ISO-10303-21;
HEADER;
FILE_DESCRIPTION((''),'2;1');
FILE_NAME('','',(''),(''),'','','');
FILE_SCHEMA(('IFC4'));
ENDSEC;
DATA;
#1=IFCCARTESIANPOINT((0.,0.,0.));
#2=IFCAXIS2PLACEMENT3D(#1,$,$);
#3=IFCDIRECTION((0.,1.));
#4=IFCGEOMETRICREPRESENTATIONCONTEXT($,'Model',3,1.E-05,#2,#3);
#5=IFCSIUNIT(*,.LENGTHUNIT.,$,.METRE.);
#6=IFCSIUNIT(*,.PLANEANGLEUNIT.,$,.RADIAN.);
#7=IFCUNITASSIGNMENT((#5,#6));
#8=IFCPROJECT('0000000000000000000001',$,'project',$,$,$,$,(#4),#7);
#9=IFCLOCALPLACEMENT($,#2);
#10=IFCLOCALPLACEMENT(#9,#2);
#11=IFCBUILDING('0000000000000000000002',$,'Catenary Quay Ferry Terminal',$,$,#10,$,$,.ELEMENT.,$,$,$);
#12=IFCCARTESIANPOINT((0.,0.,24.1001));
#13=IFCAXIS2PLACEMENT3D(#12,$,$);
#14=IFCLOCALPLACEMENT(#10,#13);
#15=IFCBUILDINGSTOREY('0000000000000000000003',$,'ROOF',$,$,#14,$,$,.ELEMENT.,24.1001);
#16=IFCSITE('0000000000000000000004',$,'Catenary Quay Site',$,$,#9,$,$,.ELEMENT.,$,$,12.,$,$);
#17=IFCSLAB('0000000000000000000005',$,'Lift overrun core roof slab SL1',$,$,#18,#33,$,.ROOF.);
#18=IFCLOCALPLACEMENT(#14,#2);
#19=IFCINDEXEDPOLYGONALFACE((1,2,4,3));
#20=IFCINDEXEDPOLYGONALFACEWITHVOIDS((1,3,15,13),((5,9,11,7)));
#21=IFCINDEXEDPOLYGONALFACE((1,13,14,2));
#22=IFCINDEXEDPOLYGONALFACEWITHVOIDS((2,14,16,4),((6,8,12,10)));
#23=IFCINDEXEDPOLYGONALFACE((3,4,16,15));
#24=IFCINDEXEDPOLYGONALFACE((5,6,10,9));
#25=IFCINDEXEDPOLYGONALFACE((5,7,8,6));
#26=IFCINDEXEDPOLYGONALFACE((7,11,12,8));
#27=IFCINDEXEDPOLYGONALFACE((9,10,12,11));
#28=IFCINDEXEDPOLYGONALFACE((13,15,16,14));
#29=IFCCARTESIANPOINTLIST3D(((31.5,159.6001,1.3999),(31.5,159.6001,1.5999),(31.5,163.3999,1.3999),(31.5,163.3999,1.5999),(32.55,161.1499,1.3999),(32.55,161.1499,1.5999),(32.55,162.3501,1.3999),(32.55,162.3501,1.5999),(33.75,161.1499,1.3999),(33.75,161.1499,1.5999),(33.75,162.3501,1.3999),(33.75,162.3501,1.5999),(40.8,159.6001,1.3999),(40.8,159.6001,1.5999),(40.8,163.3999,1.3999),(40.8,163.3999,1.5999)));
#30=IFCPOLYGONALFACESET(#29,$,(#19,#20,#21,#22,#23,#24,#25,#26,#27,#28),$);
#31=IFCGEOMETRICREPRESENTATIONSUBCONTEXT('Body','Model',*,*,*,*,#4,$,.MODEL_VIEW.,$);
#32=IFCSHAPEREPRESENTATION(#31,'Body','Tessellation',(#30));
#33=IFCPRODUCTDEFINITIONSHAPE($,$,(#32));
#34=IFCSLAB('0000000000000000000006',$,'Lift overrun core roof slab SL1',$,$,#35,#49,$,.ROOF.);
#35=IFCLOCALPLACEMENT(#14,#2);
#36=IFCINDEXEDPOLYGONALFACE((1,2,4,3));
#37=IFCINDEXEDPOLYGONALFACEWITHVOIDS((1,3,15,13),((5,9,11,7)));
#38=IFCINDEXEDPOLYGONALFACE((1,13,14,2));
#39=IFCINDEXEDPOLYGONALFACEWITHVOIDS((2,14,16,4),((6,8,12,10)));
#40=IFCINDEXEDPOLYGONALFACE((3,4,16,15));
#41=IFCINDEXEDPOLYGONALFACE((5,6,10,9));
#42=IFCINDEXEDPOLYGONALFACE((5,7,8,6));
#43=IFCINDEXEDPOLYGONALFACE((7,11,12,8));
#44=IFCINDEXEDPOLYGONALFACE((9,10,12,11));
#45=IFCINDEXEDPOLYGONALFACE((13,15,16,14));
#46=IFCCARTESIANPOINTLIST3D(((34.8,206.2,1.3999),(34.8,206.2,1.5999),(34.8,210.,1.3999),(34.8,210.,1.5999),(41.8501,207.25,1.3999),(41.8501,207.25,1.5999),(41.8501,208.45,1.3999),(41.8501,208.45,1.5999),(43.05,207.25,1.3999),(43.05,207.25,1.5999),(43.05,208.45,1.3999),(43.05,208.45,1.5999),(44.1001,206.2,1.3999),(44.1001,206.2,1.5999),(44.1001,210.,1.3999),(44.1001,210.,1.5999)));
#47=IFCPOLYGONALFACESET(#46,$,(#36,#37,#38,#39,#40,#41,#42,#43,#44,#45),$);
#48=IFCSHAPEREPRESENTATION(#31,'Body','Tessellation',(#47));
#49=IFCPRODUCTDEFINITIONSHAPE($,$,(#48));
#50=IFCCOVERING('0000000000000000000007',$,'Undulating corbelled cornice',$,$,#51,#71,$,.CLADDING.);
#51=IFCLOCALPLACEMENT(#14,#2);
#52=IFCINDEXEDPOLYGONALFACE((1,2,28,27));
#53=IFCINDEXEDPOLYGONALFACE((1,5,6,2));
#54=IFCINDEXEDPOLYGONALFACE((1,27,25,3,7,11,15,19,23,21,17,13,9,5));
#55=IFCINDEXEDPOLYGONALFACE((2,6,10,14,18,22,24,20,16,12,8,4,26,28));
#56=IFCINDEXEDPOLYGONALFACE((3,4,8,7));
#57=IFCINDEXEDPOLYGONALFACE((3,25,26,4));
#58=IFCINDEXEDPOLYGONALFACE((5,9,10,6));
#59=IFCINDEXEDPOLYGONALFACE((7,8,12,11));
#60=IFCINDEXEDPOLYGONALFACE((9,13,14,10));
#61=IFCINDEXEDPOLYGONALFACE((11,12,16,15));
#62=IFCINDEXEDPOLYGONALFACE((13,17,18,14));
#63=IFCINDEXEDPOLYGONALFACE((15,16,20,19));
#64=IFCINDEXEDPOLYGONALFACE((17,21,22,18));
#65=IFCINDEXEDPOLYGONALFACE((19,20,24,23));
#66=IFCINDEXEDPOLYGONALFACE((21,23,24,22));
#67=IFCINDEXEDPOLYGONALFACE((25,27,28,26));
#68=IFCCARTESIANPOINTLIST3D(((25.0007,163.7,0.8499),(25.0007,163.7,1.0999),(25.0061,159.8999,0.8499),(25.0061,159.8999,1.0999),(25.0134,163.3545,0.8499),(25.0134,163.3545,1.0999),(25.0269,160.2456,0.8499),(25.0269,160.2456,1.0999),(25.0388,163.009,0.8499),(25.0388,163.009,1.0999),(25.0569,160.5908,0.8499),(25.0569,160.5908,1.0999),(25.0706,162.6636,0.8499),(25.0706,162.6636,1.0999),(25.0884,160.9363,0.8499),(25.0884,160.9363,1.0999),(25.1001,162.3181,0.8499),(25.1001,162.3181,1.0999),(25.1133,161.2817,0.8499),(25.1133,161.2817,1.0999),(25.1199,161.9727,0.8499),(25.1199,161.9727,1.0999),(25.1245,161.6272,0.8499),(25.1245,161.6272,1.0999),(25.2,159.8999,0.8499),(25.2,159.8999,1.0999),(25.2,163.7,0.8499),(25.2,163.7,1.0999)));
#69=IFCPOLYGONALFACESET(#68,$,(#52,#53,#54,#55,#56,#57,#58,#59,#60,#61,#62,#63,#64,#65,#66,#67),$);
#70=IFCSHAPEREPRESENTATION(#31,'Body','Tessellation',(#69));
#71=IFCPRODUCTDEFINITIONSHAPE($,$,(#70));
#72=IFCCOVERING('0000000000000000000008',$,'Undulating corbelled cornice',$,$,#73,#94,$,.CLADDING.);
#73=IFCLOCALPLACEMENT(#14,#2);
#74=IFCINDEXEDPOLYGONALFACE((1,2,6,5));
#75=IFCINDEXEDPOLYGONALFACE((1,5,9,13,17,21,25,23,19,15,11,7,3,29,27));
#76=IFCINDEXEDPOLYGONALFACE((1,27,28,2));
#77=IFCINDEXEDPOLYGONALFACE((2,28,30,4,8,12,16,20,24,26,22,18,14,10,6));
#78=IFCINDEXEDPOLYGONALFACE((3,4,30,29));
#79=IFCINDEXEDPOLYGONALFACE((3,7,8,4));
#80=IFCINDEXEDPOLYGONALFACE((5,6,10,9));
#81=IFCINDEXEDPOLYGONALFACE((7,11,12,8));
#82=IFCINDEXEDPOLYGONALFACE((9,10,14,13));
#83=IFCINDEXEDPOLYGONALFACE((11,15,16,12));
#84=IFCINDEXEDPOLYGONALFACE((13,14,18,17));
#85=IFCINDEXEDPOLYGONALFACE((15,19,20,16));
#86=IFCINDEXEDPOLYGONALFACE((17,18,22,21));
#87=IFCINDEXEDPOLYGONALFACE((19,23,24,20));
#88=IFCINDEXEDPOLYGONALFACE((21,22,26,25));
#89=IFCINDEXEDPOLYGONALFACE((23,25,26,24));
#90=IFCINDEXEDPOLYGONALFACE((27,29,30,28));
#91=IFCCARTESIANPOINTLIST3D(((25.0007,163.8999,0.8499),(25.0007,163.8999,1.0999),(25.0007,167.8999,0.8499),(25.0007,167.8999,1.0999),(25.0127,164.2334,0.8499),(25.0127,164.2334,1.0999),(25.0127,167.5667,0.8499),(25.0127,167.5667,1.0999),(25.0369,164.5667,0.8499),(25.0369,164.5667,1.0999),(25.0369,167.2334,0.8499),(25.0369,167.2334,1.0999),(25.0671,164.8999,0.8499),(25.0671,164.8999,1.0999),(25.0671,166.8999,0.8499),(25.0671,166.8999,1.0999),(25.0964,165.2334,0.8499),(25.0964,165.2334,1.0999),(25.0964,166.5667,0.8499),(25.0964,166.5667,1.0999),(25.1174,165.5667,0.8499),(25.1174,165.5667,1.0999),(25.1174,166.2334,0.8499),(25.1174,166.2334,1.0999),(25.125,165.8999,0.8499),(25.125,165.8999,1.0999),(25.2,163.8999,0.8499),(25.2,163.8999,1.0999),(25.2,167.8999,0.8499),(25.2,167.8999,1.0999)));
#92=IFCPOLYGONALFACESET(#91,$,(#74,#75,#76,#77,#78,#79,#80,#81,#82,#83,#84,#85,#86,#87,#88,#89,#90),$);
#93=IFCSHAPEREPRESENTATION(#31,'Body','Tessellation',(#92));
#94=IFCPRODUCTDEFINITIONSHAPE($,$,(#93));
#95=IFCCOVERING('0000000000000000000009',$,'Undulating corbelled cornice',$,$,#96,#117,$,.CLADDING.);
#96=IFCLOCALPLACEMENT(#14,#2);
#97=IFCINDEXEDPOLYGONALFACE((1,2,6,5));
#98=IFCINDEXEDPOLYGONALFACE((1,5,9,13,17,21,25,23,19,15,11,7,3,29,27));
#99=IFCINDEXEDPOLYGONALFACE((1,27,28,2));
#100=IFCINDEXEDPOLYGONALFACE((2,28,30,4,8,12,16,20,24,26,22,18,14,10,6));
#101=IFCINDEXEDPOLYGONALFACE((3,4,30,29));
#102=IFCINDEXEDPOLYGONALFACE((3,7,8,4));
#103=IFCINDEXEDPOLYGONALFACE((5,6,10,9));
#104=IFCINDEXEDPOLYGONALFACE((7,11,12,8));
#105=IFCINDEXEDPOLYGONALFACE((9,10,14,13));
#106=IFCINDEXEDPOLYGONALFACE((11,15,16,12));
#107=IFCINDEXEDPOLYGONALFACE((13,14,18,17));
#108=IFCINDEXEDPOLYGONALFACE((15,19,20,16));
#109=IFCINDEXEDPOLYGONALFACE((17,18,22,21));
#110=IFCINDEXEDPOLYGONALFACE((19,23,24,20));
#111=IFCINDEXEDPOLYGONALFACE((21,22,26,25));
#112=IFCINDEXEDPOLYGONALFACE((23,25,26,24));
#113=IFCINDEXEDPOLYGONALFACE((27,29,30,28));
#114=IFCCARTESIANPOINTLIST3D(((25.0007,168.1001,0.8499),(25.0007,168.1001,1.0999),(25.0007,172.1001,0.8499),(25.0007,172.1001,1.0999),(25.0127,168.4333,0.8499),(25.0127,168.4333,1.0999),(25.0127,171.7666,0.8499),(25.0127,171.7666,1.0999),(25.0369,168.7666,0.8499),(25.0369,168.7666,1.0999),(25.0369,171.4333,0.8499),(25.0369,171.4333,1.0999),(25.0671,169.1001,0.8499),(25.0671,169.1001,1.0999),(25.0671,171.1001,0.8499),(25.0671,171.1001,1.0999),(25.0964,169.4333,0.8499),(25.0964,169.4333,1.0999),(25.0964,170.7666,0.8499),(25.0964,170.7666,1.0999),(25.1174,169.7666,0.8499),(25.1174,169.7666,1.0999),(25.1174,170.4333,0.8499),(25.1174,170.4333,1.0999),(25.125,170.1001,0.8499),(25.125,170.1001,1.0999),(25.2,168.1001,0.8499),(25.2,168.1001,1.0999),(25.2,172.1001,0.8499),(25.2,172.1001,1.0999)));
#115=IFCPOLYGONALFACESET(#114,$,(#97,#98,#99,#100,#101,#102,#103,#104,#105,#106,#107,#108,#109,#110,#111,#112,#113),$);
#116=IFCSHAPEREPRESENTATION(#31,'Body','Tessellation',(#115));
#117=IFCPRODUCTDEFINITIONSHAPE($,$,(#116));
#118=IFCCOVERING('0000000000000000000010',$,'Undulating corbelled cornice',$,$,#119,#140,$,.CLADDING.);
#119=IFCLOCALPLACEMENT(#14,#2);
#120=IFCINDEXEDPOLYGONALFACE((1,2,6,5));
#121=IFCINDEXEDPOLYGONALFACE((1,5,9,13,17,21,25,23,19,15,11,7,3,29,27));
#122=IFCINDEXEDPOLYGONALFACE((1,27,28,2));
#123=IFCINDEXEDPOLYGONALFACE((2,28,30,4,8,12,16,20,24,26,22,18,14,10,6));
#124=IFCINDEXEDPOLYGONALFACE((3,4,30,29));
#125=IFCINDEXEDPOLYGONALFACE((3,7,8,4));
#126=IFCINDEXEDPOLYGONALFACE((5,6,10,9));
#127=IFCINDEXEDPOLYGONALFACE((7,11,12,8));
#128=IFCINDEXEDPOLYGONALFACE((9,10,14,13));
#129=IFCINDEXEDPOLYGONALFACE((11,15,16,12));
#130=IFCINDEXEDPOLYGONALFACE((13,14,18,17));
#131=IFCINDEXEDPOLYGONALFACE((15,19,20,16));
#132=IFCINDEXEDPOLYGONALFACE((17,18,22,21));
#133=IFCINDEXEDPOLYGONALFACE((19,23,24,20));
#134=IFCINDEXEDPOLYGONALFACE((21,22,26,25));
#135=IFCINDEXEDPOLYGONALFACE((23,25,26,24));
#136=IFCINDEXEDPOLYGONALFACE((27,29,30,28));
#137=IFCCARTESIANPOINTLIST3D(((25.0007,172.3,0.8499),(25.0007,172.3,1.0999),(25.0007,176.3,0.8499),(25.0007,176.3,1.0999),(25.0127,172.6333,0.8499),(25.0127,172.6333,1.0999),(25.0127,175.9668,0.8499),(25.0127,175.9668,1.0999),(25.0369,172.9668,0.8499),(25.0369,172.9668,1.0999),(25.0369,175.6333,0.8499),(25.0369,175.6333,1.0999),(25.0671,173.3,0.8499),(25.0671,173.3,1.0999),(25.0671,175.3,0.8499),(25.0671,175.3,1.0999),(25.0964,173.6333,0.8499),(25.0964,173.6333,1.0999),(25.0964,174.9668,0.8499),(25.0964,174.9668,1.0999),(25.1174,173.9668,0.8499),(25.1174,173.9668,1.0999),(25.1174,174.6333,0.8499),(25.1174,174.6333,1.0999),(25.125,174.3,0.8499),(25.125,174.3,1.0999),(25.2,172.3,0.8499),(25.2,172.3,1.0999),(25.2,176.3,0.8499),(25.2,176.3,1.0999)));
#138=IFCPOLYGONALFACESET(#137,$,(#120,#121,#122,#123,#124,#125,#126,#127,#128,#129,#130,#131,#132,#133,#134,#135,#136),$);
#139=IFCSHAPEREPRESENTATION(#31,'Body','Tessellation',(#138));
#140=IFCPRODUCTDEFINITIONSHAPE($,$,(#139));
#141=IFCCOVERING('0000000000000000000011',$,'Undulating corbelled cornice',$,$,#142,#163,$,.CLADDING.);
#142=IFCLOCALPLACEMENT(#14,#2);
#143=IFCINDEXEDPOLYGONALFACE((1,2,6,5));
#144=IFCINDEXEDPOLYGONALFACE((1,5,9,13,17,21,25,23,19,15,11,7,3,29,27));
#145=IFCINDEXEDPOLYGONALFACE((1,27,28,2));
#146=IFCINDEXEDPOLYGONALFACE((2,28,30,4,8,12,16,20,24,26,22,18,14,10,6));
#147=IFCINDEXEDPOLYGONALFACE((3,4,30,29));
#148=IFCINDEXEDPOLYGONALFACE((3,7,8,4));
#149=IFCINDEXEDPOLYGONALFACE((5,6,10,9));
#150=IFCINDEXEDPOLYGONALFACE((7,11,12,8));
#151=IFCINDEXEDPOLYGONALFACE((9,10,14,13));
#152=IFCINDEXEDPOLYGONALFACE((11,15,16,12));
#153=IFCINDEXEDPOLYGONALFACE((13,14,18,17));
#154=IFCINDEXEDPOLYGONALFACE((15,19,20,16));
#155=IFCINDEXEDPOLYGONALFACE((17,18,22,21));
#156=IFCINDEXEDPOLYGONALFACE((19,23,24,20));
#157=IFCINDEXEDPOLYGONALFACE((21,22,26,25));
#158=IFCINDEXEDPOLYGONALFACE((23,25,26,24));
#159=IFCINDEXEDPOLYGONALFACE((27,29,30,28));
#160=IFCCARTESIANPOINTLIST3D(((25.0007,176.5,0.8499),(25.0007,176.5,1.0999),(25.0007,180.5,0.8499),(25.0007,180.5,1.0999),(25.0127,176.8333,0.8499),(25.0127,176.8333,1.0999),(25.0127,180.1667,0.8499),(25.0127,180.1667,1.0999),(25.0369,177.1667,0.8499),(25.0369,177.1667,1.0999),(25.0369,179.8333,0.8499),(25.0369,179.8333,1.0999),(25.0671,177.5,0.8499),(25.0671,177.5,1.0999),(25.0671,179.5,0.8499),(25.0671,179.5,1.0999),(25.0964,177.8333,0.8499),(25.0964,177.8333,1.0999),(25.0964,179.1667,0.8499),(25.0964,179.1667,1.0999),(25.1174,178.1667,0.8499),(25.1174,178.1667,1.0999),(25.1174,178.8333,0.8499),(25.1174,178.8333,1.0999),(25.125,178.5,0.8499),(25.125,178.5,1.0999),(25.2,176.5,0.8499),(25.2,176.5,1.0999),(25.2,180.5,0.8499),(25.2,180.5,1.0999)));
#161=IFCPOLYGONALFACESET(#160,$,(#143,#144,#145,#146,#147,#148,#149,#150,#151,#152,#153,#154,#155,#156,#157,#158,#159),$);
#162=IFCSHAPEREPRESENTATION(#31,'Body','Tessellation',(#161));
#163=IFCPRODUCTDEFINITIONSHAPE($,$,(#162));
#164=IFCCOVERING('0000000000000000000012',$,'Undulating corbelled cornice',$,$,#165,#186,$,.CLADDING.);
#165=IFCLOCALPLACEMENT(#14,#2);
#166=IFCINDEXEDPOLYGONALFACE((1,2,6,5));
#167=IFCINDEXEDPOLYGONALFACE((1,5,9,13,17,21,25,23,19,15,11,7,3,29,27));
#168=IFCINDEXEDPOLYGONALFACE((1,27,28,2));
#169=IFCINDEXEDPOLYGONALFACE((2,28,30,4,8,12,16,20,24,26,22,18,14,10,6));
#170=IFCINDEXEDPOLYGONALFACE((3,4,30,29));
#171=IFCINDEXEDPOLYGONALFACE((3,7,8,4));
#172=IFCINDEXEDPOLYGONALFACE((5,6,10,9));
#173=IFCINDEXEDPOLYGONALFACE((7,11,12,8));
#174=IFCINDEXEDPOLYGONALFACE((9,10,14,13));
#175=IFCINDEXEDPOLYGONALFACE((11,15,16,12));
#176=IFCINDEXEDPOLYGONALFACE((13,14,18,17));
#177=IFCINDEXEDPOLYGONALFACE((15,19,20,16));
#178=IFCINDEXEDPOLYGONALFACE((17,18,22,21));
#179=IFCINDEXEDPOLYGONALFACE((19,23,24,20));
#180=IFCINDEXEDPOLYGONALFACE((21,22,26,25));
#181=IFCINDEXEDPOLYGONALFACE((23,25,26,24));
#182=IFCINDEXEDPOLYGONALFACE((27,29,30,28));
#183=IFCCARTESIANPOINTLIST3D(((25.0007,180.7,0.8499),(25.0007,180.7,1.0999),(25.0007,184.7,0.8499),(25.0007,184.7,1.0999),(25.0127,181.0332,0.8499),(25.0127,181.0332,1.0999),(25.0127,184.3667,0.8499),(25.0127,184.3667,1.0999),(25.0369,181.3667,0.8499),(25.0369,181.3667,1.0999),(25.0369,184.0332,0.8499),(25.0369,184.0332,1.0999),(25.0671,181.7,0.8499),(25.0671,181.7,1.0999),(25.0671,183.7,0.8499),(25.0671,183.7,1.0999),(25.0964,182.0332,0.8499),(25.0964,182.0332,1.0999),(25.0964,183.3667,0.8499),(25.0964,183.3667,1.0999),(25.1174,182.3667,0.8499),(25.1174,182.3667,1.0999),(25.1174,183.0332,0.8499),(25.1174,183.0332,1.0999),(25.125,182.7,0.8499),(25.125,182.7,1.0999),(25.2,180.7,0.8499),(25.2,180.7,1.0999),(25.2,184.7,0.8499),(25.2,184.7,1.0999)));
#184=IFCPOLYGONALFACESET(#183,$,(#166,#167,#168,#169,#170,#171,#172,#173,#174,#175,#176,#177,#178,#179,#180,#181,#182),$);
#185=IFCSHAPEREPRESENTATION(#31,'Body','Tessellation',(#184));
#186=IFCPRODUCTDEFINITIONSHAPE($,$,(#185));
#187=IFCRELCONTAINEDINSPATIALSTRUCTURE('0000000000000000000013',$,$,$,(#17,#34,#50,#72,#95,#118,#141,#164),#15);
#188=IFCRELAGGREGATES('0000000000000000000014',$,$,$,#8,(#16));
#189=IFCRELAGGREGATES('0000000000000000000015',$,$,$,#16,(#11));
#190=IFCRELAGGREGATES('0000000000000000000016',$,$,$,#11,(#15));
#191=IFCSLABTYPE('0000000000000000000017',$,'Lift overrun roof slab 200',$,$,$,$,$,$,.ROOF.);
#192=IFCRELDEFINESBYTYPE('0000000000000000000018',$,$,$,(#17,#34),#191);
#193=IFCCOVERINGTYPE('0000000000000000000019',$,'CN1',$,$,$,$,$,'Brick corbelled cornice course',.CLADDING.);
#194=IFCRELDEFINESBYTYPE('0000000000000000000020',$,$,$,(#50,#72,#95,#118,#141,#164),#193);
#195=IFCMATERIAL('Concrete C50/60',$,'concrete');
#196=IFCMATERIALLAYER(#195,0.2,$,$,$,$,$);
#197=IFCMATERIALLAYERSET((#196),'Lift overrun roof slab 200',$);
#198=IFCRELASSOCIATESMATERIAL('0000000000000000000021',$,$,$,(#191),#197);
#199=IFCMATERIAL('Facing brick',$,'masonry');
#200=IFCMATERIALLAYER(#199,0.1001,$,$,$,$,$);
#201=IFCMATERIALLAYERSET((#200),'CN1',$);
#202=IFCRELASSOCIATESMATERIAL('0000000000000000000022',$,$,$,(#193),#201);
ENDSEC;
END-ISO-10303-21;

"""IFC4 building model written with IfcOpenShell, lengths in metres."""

from ifc_helpers import new_model, si_unit, direction, frame, origin, place, context, subcontext, project, spatial, polyline, outline, extrude, material, layer, layer_set, type_object, element, save


model = new_model("IFC4")

# Units and contexts
model_context = context("Model", 3, precision=1e-05, world=origin(), true_north=direction((0.0, 1.0)))
body_context = subcontext(model_context, "Body", "Model", "MODEL_VIEW")
ifc_project = project(units=[si_unit("LENGTHUNIT", "METRE"), si_unit("PLANEANGLEUNIT", "RADIAN")], contexts=[model_context])

# Site, building, storey
site_placement = place(None, origin())
site = spatial("IfcSite", under=ifc_project, at=site_placement, Name="Catenary Quay Site", CompositionType="ELEMENT", RefElevation=12.0)
building_placement = place(site_placement, origin())
building = spatial("IfcBuilding", under=site, at=building_placement, Name="Catenary Quay Ferry Terminal", CompositionType="ELEMENT")
storey_placement = place(building_placement, frame((0.0, 0.0, 24.1001)))
storey = spatial("IfcBuildingStorey", under=building, at=storey_placement, Name="ROOF", CompositionType="ELEMENT", Elevation=24.1001)

# Slabs
ifc_material_1 = material(Name="Concrete C50/60", Category="concrete")
ifc_layer_1 = layer(ifc_material_1, 0.2)
ifc_layer_set_1 = layer_set([ifc_layer_1], Name="Lift overrun roof slab 200")
slab_type = type_object("IfcSlabType", Name="Lift overrun roof slab 200", PredefinedType="ROOF", material=ifc_layer_set_1)
slab_1_placement = place(storey_placement, frame((0.0, 0.0, 1.3999)))
element("IfcSlab", 1, at=slab_1_placement, inside=storey, type_object=slab_type, Name="Lift overrun core roof slab SL1", PredefinedType="ROOF", context=body_context, shape_type="SweptSolid", body=[
    extrude(outline(polyline([(31.5, 159.6001), (31.5, 163.3999), (40.8, 163.3999), (40.8, 159.6001), (31.5, 159.6001)]), holes=[polyline([(33.75, 162.3501), (32.55, 162.3501), (32.55, 161.1499), (33.75, 161.1499), (33.75, 162.3501)])]), origin(), (0.0, 0.0, 1.0), 0.2),
])
slab_2_placement = place(storey_placement, frame((0.0, 0.0, 1.3999)))
element("IfcSlab", 2, at=slab_2_placement, inside=storey, type_object=slab_type, Name="Lift overrun core roof slab SL1", PredefinedType="ROOF", context=body_context, shape_type="SweptSolid", body=[
    extrude(outline(polyline([(34.8, 206.2), (34.8, 210.0), (44.1001, 210.0), (44.1001, 206.2), (34.8, 206.2)]), holes=[polyline([(43.05, 208.45), (41.8501, 208.45), (41.8501, 207.25), (43.05, 207.25), (43.05, 208.45)])]), origin(), (0.0, 0.0, 1.0), 0.2),
])

# Coverings
ifc_material_2 = material(Name="Facing brick", Category="masonry")
ifc_layer_2 = layer(ifc_material_2, 0.1001)
ifc_layer_set_2 = layer_set([ifc_layer_2], Name="CN1")
covering_type = type_object("IfcCoveringType", Name="CN1", ElementType="Brick corbelled cornice course", PredefinedType="CLADDING", material=ifc_layer_set_2)
covering_1_placement = place(storey_placement, frame((0.0, 0.0, 0.8499)))
element("IfcCovering", 3, at=covering_1_placement, inside=storey, type_object=covering_type, Name="Undulating corbelled cornice", PredefinedType="CLADDING", context=body_context, shape_type="SweptSolid", body=[
    extrude(outline(polyline([(25.2, 159.8999), (25.0061, 159.8999), (25.0269, 160.2456), (25.0569, 160.5908), (25.0884, 160.9363), (25.1133, 161.2817), (25.1245, 161.6272), (25.1199, 161.9727), (25.1001, 162.3181), (25.0706, 162.6636), (25.0388, 163.009), (25.0134, 163.3545), (25.0007, 163.7), (25.2, 163.7), (25.2, 159.8999)])), origin(), (0.0, 0.0, 1.0), 0.25),
])
covering_2_placement = place(storey_placement, frame((0.0, 0.0, 0.8499)))
element("IfcCovering", 4, at=covering_2_placement, inside=storey, type_object=covering_type, Name="Undulating corbelled cornice", PredefinedType="CLADDING", context=body_context, shape_type="SweptSolid", body=[
    extrude(outline(polyline([(25.2, 163.8999), (25.0007, 163.8999), (25.0127, 164.2334), (25.0369, 164.5667), (25.0671, 164.8999), (25.0964, 165.2334), (25.1174, 165.5667), (25.125, 165.8999), (25.1174, 166.2334), (25.0964, 166.5667), (25.0671, 166.8999), (25.0369, 167.2334), (25.0127, 167.5667), (25.0007, 167.8999), (25.2, 167.8999), (25.2, 163.8999)])), origin(), (0.0, 0.0, 1.0), 0.25),
])
covering_3_placement = place(storey_placement, frame((0.0, 0.0, 0.8499)))
element("IfcCovering", 5, at=covering_3_placement, inside=storey, type_object=covering_type, Name="Undulating corbelled cornice", PredefinedType="CLADDING", context=body_context, shape_type="SweptSolid", body=[
    extrude(outline(polyline([(25.2, 168.1001), (25.0007, 168.1001), (25.0127, 168.4333), (25.0369, 168.7666), (25.0671, 169.1001), (25.0964, 169.4333), (25.1174, 169.7666), (25.125, 170.1001), (25.1174, 170.4333), (25.0964, 170.7666), (25.0671, 171.1001), (25.0369, 171.4333), (25.0127, 171.7666), (25.0007, 172.1001), (25.2, 172.1001), (25.2, 168.1001)])), origin(), (0.0, 0.0, 1.0), 0.25),
])
covering_4_placement = place(storey_placement, frame((0.0, 0.0, 0.8499)))
element("IfcCovering", 6, at=covering_4_placement, inside=storey, type_object=covering_type, Name="Undulating corbelled cornice", PredefinedType="CLADDING", context=body_context, shape_type="SweptSolid", body=[
    extrude(outline(polyline([(25.2, 172.3), (25.0007, 172.3), (25.0127, 172.6333), (25.0369, 172.9668), (25.0671, 173.3), (25.0964, 173.6333), (25.1174, 173.9668), (25.125, 174.3), (25.1174, 174.6333), (25.0964, 174.9668), (25.0671, 175.3), (25.0369, 175.6333), (25.0127, 175.9668), (25.0007, 176.3), (25.2, 176.3), (25.2, 172.3)])), origin(), (0.0, 0.0, 1.0), 0.25),
])
covering_5_placement = place(storey_placement, frame((0.0, 0.0, 0.8499)))
element("IfcCovering", 7, at=covering_5_placement, inside=storey, type_object=covering_type, Name="Undulating corbelled cornice", PredefinedType="CLADDING", context=body_context, shape_type="SweptSolid", body=[
    extrude(outline(polyline([(25.2, 176.5), (25.0007, 176.5), (25.0127, 176.8333), (25.0369, 177.1667), (25.0671, 177.5), (25.0964, 177.8333), (25.1174, 178.1667), (25.125, 178.5), (25.1174, 178.8333), (25.0964, 179.1667), (25.0671, 179.5), (25.0369, 179.8333), (25.0127, 180.1667), (25.0007, 180.5), (25.2, 180.5), (25.2, 176.5)])), origin(), (0.0, 0.0, 1.0), 0.25),
])
covering_6_placement = place(storey_placement, frame((0.0, 0.0, 0.8499)))
element("IfcCovering", 8, at=covering_6_placement, inside=storey, type_object=covering_type, Name="Undulating corbelled cornice", PredefinedType="CLADDING", context=body_context, shape_type="SweptSolid", body=[
    extrude(outline(polyline([(25.2, 180.7), (25.0007, 180.7), (25.0127, 181.0332), (25.0369, 181.3667), (25.0671, 181.7), (25.0964, 182.0332), (25.1174, 182.3667), (25.125, 182.7), (25.1174, 183.0332), (25.0964, 183.3667), (25.0671, 183.7), (25.0369, 184.0332), (25.0127, 184.3667), (25.0007, 184.7), (25.2, 184.7), (25.2, 180.7)])), origin(), (0.0, 0.0, 1.0), 0.25),
])

save(model, "model.ifc")
